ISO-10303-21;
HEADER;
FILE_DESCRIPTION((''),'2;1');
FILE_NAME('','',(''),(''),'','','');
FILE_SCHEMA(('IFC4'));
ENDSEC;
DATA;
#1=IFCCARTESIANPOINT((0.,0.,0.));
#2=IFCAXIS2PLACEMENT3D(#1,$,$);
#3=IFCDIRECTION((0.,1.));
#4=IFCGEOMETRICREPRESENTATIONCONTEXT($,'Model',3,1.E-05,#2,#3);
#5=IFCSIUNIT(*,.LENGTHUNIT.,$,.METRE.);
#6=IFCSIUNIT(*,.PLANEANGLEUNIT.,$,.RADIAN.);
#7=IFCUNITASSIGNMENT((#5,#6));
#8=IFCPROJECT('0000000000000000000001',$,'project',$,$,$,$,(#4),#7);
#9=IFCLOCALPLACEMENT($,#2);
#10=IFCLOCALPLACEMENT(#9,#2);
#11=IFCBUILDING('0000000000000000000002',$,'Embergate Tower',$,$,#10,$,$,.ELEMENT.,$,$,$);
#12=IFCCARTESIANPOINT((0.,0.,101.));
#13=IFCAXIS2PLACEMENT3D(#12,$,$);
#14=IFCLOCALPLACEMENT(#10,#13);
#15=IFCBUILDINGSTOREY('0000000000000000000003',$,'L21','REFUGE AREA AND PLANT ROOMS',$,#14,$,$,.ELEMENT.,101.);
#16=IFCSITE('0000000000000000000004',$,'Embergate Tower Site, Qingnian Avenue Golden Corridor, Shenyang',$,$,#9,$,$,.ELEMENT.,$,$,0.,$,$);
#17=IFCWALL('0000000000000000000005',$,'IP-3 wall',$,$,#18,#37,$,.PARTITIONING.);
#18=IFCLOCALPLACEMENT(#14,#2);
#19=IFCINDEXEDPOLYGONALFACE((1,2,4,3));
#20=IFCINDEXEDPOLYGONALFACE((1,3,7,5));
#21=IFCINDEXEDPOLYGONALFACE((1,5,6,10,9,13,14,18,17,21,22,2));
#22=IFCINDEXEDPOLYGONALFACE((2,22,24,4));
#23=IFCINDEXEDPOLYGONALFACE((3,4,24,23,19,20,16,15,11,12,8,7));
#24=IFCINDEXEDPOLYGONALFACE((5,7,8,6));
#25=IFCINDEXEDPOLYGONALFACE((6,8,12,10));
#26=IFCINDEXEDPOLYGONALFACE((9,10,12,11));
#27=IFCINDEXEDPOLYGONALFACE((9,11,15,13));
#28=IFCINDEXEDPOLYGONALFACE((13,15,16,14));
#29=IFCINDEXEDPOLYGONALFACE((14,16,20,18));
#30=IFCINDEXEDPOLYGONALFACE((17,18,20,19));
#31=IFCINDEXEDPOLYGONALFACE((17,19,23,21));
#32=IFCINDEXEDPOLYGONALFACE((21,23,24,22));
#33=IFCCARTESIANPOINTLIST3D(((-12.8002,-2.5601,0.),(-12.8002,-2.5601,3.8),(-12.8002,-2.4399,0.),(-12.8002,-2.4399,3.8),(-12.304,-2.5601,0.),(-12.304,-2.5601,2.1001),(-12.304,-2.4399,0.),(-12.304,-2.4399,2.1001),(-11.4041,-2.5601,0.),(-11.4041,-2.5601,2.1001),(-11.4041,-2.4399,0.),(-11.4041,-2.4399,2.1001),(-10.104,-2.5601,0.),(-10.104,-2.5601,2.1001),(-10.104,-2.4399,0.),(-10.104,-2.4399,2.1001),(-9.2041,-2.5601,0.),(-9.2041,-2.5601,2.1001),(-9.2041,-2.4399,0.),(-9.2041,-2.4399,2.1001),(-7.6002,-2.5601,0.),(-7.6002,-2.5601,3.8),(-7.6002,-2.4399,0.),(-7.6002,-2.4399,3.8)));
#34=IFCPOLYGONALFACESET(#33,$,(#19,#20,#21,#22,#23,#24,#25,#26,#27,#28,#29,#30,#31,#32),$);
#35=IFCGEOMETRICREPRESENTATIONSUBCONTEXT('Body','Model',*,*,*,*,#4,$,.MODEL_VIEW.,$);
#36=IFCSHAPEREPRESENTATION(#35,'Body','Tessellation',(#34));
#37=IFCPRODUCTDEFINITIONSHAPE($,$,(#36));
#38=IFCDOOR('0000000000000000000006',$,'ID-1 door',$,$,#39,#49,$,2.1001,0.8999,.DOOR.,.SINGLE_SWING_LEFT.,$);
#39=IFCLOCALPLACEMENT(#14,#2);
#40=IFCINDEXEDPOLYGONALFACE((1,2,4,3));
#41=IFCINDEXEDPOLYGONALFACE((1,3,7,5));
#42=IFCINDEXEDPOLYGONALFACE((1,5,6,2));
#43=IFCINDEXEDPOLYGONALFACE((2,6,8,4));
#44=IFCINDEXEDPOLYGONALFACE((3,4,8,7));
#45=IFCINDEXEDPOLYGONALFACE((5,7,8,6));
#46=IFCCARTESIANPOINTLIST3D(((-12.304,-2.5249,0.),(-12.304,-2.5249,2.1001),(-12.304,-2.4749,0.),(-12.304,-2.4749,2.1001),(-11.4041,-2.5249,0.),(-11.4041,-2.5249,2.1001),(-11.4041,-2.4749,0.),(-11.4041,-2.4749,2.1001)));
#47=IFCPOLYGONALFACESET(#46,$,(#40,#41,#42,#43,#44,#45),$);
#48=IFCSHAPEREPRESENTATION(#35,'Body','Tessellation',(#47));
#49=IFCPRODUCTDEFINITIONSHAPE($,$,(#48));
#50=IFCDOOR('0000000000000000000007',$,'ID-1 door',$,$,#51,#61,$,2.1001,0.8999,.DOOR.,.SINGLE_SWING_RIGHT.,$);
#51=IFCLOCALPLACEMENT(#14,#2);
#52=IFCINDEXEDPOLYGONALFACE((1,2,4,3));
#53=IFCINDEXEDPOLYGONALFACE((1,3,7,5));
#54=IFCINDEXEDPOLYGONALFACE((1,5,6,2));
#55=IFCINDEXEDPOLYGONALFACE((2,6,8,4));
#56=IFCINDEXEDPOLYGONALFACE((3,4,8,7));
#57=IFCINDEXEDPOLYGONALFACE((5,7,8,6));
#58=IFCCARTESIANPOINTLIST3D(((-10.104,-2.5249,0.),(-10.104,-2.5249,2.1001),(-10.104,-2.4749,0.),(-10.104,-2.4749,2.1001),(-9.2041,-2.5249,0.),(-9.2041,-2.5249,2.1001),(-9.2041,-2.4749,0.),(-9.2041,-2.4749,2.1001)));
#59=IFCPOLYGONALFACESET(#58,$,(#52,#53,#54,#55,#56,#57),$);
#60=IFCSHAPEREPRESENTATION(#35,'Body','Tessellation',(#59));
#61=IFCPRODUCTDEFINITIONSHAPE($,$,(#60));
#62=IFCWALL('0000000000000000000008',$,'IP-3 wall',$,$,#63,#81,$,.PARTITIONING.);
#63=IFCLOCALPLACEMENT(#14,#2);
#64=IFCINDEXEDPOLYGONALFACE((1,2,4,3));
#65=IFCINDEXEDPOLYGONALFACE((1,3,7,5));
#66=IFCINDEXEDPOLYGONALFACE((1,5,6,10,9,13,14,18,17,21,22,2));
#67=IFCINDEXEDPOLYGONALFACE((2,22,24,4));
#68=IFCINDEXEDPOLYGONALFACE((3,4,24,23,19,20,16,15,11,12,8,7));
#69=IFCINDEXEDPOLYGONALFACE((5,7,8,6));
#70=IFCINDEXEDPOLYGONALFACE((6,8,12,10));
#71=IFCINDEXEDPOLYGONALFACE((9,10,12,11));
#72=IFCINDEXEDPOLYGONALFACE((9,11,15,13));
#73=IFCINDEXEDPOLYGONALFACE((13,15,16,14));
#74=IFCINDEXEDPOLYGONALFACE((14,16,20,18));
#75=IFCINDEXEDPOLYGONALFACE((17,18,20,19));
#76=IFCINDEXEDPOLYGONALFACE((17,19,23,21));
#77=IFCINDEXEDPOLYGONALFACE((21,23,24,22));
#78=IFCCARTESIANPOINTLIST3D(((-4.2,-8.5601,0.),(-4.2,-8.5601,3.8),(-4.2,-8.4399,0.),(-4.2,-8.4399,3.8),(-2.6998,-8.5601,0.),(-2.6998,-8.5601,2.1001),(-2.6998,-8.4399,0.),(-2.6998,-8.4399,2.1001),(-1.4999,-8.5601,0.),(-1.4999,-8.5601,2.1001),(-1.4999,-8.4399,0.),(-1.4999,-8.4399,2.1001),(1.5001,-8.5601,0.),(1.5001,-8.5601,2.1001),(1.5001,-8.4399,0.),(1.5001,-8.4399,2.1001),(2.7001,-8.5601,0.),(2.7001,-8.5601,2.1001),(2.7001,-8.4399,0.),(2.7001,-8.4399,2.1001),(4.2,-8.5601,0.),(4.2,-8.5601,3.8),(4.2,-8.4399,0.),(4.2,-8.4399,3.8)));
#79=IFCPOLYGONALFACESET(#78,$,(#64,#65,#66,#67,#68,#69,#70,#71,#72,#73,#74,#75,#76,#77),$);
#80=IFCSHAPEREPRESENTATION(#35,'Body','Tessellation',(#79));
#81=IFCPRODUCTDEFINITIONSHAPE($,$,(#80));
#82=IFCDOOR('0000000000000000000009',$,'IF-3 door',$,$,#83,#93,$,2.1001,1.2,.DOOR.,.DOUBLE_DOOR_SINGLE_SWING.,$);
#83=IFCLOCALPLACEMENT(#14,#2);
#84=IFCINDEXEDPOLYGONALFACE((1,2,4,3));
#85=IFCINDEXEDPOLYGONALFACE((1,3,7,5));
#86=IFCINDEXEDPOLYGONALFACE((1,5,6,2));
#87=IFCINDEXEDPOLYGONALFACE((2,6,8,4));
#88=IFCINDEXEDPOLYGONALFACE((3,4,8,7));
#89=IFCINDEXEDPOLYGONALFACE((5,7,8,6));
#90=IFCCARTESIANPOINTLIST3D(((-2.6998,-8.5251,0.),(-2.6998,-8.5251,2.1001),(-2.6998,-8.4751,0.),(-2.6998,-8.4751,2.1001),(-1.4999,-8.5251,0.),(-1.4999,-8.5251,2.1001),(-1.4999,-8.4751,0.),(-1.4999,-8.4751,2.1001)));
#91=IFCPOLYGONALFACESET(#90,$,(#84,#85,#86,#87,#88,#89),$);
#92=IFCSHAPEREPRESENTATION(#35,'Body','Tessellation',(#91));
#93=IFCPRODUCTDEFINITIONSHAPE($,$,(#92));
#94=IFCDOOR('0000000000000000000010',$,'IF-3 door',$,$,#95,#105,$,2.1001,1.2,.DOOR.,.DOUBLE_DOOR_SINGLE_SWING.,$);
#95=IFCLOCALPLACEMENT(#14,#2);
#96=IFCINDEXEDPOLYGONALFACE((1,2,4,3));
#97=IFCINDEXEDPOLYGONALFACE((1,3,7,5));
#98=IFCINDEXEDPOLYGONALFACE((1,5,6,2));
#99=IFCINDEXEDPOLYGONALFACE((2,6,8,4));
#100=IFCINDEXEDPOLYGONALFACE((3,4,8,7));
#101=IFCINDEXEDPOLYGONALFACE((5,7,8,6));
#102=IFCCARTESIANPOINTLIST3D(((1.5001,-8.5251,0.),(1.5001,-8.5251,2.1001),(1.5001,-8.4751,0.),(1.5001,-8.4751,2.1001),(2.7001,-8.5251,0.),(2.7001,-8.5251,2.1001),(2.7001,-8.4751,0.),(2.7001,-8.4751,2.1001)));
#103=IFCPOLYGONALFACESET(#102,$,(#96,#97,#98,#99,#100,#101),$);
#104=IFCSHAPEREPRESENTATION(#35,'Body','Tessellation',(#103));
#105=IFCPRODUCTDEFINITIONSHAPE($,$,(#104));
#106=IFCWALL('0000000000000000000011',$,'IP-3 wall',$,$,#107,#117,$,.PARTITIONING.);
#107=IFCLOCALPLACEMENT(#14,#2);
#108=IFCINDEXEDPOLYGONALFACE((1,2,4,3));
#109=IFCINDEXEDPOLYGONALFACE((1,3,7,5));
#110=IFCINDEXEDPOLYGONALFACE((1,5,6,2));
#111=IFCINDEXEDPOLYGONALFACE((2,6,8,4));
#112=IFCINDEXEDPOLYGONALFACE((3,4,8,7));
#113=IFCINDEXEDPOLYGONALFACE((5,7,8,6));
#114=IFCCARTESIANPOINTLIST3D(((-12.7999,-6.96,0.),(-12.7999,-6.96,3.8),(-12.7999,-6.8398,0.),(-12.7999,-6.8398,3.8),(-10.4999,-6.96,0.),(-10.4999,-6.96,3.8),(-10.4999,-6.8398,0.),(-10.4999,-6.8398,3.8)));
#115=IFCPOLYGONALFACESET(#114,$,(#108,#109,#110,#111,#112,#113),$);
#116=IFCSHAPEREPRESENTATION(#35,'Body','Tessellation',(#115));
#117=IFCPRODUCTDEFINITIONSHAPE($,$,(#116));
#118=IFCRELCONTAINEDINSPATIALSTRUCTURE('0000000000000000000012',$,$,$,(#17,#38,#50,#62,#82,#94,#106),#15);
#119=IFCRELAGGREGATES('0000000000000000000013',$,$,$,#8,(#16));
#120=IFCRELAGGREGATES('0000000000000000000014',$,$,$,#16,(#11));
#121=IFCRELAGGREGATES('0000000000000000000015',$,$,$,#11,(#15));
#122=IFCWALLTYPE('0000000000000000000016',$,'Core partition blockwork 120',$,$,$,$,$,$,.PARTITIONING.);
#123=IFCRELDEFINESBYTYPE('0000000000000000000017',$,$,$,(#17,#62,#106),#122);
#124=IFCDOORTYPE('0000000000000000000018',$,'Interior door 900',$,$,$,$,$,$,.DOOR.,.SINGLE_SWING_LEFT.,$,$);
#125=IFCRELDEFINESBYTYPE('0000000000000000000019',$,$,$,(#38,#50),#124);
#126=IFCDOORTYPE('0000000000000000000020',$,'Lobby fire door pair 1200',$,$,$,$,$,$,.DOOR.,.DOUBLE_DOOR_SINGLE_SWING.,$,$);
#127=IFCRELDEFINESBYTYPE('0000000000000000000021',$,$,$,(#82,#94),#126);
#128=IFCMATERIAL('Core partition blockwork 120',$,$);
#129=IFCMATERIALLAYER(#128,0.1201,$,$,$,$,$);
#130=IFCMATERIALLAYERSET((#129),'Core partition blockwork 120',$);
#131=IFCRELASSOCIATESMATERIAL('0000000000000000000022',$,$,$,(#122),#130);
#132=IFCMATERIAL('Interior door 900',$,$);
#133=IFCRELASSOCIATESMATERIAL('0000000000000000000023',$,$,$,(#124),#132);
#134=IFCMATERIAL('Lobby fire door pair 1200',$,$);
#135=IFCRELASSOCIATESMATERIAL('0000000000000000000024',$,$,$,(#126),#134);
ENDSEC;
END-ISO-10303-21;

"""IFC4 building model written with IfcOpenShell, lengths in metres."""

from ifc_helpers import new_model, si_unit, direction, frame, frame_2d, origin, place, context, subcontext, project, spatial, rectangle, extrude, source, transform, mapped, material, layer, layer_set, type_object, element, fill, save


model = new_model("IFC4")

# Units and contexts
model_context = context("Model", 3, precision=1e-05, world=origin(), true_north=direction((0.0, 1.0)))
body_context = subcontext(model_context, "Body", "Model", "MODEL_VIEW")
ifc_project = project(units=[si_unit("LENGTHUNIT", "METRE"), si_unit("PLANEANGLEUNIT", "RADIAN")], contexts=[model_context])

# Site, building, storey
site_placement = place(None, origin())
site = spatial("IfcSite", under=ifc_project, at=site_placement, Name="Embergate Tower Site, Qingnian Avenue Golden Corridor, Shenyang", CompositionType="ELEMENT", RefElevation=0.0)
building_placement = place(site_placement, origin())
building = spatial("IfcBuilding", under=site, at=building_placement, Name="Embergate Tower", CompositionType="ELEMENT")
storey_placement = place(building_placement, frame((0.0, 0.0, 101.0)))
storey = spatial("IfcBuildingStorey", under=building, at=storey_placement, Name="L21", Description="REFUGE AREA AND PLANT ROOMS", CompositionType="ELEMENT", Elevation=101.0)

# Shared definitions
shared_shape_1 = source(origin(), body_context, "Body", "SweptSolid", [
    extrude(rectangle(XDim=1.2, YDim=2.1001, at=frame_2d((0.6001, 1.05))), frame((0.0, 0.0249, 0.0), z_axis=(0.0, -1.0, 0.0), x_axis=(1.0, 0.0, 0.0)), (0.0, 0.0, 1.0), 0.05),
])

# Shared definitions
ifc_material_1 = material(Name="Core partition blockwork 120")
ifc_layer_1 = layer(ifc_material_1, 0.1201)
ifc_layer_set_1 = layer_set([ifc_layer_1], Name="Core partition blockwork 120")
wall_type_1 = type_object("IfcWallType", Name="Core partition blockwork 120", PredefinedType="PARTITIONING", material=ifc_layer_set_1)
shared_shape_2 = source(origin(), body_context, "Body", "SweptSolid", [
    extrude(rectangle(XDim=0.8999, YDim=2.1001, at=frame_2d((0.45, 1.05))), frame((0.0, 0.0701, 0.0), z_axis=(0.0, -1.0, 0.0), x_axis=(1.0, 0.0, 0.0)), (0.0, 0.0, 1.0), 0.1401),
])
ifc_material_2 = material(Name="Interior door 900")
door_type_1 = type_object("IfcDoorType", Name="Interior door 900", OperationType="SINGLE_SWING_LEFT", PredefinedType="DOOR", material=ifc_material_2)
shared_shape_3 = source(origin(), body_context, "Body", "SweptSolid", [
    extrude(rectangle(XDim=0.8999, YDim=2.1001, at=frame_2d((0.45, 1.05))), frame((0.0, 0.0249, 0.0), z_axis=(0.0, -1.0, 0.0), x_axis=(1.0, 0.0, 0.0)), (0.0, 0.0, 1.0), 0.05),
])

# Walls, openings, doors
shared_shape_4 = source(origin(), body_context, "Body", "SweptSolid", [
    extrude(rectangle(XDim=5.2, YDim=0.1201, at=frame_2d((2.6001, 0.0))), origin(), (0.0, 0.0, 1.0), 3.8),
])
wall_1_placement = place(storey_placement, frame((-7.6001, -2.5, 0.0), z_axis=(0.0, 0.0, 1.0), x_axis=(-1.0, 0.0, 0.0)))
wall_1 = element("IfcWall", 1, at=wall_1_placement, inside=storey, type_object=wall_type_1, Name="IP-3 wall", PredefinedType="PARTITIONING", context=body_context, shape_type="MappedRepresentation", body=[
    mapped(shared_shape_4, transform((0.0, 0.0, 0.0))),
])
opening_1_placement = place(wall_1_placement, frame((3.804, 0.0, 0.0)))
opening_1 = element("IfcOpeningElement", 2, at=opening_1_placement, cuts=wall_1, PredefinedType="OPENING", context=body_context, shape_type="MappedRepresentation", body=[
    mapped(shared_shape_2, transform((0.0, 0.0, 0.0))),
])
opening_2_placement = place(wall_1_placement, frame((1.604, 0.0, 0.0)))
opening_2 = element("IfcOpeningElement", 3, at=opening_2_placement, cuts=wall_1, PredefinedType="OPENING", context=body_context, shape_type="MappedRepresentation", body=[
    mapped(shared_shape_2, transform((0.0, 0.0, 0.0))),
])
door_1_placement = place(opening_1_placement, origin())
door_1 = element("IfcDoor", 4, at=door_1_placement, inside=storey, type_object=door_type_1, Name="ID-1 door", OperationType="SINGLE_SWING_LEFT", OverallHeight=2.1001, OverallWidth=0.8999, PredefinedType="DOOR", context=body_context, shape_type="MappedRepresentation", body=[
    mapped(shared_shape_3, transform((0.0, 0.0, 0.0))),
])
fill(opening_1, door_1)
door_2_placement = place(opening_2_placement, origin())
door_2 = element("IfcDoor", 5, at=door_2_placement, inside=storey, type_object=door_type_1, Name="ID-1 door", OperationType="SINGLE_SWING_RIGHT", OverallHeight=2.1001, OverallWidth=0.8999, PredefinedType="DOOR", context=body_context, shape_type="MappedRepresentation", body=[
    mapped(shared_shape_3, transform((0.0, 0.0, 0.0))),
])
fill(opening_2, door_2)
shared_shape_5 = source(origin(), body_context, "Body", "SweptSolid", [
    extrude(rectangle(XDim=8.3999, YDim=0.1201, at=frame_2d((4.2, 0.0))), origin(), (0.0, 0.0, 1.0), 3.8),
])
wall_2_placement = place(storey_placement, frame((-4.2, -8.5, 0.0), z_axis=(0.0, 0.0, 1.0), x_axis=(1.0, 0.0, 0.0)))
wall_2 = element("IfcWall", 6, at=wall_2_placement, inside=storey, type_object=wall_type_1, Name="IP-3 wall", PredefinedType="PARTITIONING", context=body_context, shape_type="MappedRepresentation", body=[
    mapped(shared_shape_5, transform((0.0, 0.0, 0.0))),
])
shared_shape_6 = source(origin(), body_context, "Body", "SweptSolid", [
    extrude(rectangle(XDim=1.2, YDim=2.1001, at=frame_2d((0.6001, 1.05))), frame((0.0, 0.0701, 0.0), z_axis=(0.0, -1.0, 0.0), x_axis=(1.0, 0.0, 0.0)), (0.0, 0.0, 1.0), 0.1401),
])
opening_3_placement = place(wall_2_placement, frame((1.5, 0.0, 0.0)))
opening_3 = element("IfcOpeningElement", 7, at=opening_3_placement, cuts=wall_2, PredefinedType="OPENING", context=body_context, shape_type="MappedRepresentation", body=[
    mapped(shared_shape_6, transform((0.0, 0.0, 0.0))),
])
opening_4_placement = place(wall_2_placement, frame((5.7, 0.0, 0.0)))
opening_4 = element("IfcOpeningElement", 8, at=opening_4_placement, cuts=wall_2, PredefinedType="OPENING", context=body_context, shape_type="MappedRepresentation", body=[
    mapped(shared_shape_6, transform((0.0, 0.0, 0.0))),
])
ifc_material_3 = material(Name="Lobby fire door pair 1200")
door_type_2 = type_object("IfcDoorType", Name="Lobby fire door pair 1200", OperationType="DOUBLE_DOOR_SINGLE_SWING", PredefinedType="DOOR", material=ifc_material_3)
door_3_placement = place(opening_3_placement, origin())
door_3 = element("IfcDoor", 9, at=door_3_placement, inside=storey, type_object=door_type_2, Name="IF-3 door", OperationType="DOUBLE_DOOR_SINGLE_SWING", OverallHeight=2.1001, OverallWidth=1.2, PredefinedType="DOOR", context=body_context, shape_type="MappedRepresentation", body=[
    mapped(shared_shape_1, transform((0.0, 0.0, 0.0))),
])
fill(opening_3, door_3)
door_4_placement = place(opening_4_placement, origin())
door_4 = element("IfcDoor", 10, at=door_4_placement, inside=storey, type_object=door_type_2, Name="IF-3 door", OperationType="DOUBLE_DOOR_SINGLE_SWING", OverallHeight=2.1001, OverallWidth=1.2, PredefinedType="DOOR", context=body_context, shape_type="MappedRepresentation", body=[
    mapped(shared_shape_1, transform((0.0, 0.0, 0.0))),
])
fill(opening_4, door_4)

# Wall
shared_shape_7 = source(origin(), body_context, "Body", "SweptSolid", [
    extrude(rectangle(XDim=2.3, YDim=0.1201, at=frame_2d((1.1499, 0.0))), origin(), (0.0, 0.0, 1.0), 3.8),
])
wall_3_placement = place(storey_placement, frame((-10.5, -6.8999, 0.0), z_axis=(0.0, 0.0, 1.0), x_axis=(-1.0, 0.0, 0.0)))
element("IfcWall", 11, at=wall_3_placement, inside=storey, type_object=wall_type_1, Name="IP-3 wall", PredefinedType="PARTITIONING", context=body_context, shape_type="MappedRepresentation", body=[
    mapped(shared_shape_7, transform((0.0, 0.0, 0.0))),
])

save(model, "model.ifc")
